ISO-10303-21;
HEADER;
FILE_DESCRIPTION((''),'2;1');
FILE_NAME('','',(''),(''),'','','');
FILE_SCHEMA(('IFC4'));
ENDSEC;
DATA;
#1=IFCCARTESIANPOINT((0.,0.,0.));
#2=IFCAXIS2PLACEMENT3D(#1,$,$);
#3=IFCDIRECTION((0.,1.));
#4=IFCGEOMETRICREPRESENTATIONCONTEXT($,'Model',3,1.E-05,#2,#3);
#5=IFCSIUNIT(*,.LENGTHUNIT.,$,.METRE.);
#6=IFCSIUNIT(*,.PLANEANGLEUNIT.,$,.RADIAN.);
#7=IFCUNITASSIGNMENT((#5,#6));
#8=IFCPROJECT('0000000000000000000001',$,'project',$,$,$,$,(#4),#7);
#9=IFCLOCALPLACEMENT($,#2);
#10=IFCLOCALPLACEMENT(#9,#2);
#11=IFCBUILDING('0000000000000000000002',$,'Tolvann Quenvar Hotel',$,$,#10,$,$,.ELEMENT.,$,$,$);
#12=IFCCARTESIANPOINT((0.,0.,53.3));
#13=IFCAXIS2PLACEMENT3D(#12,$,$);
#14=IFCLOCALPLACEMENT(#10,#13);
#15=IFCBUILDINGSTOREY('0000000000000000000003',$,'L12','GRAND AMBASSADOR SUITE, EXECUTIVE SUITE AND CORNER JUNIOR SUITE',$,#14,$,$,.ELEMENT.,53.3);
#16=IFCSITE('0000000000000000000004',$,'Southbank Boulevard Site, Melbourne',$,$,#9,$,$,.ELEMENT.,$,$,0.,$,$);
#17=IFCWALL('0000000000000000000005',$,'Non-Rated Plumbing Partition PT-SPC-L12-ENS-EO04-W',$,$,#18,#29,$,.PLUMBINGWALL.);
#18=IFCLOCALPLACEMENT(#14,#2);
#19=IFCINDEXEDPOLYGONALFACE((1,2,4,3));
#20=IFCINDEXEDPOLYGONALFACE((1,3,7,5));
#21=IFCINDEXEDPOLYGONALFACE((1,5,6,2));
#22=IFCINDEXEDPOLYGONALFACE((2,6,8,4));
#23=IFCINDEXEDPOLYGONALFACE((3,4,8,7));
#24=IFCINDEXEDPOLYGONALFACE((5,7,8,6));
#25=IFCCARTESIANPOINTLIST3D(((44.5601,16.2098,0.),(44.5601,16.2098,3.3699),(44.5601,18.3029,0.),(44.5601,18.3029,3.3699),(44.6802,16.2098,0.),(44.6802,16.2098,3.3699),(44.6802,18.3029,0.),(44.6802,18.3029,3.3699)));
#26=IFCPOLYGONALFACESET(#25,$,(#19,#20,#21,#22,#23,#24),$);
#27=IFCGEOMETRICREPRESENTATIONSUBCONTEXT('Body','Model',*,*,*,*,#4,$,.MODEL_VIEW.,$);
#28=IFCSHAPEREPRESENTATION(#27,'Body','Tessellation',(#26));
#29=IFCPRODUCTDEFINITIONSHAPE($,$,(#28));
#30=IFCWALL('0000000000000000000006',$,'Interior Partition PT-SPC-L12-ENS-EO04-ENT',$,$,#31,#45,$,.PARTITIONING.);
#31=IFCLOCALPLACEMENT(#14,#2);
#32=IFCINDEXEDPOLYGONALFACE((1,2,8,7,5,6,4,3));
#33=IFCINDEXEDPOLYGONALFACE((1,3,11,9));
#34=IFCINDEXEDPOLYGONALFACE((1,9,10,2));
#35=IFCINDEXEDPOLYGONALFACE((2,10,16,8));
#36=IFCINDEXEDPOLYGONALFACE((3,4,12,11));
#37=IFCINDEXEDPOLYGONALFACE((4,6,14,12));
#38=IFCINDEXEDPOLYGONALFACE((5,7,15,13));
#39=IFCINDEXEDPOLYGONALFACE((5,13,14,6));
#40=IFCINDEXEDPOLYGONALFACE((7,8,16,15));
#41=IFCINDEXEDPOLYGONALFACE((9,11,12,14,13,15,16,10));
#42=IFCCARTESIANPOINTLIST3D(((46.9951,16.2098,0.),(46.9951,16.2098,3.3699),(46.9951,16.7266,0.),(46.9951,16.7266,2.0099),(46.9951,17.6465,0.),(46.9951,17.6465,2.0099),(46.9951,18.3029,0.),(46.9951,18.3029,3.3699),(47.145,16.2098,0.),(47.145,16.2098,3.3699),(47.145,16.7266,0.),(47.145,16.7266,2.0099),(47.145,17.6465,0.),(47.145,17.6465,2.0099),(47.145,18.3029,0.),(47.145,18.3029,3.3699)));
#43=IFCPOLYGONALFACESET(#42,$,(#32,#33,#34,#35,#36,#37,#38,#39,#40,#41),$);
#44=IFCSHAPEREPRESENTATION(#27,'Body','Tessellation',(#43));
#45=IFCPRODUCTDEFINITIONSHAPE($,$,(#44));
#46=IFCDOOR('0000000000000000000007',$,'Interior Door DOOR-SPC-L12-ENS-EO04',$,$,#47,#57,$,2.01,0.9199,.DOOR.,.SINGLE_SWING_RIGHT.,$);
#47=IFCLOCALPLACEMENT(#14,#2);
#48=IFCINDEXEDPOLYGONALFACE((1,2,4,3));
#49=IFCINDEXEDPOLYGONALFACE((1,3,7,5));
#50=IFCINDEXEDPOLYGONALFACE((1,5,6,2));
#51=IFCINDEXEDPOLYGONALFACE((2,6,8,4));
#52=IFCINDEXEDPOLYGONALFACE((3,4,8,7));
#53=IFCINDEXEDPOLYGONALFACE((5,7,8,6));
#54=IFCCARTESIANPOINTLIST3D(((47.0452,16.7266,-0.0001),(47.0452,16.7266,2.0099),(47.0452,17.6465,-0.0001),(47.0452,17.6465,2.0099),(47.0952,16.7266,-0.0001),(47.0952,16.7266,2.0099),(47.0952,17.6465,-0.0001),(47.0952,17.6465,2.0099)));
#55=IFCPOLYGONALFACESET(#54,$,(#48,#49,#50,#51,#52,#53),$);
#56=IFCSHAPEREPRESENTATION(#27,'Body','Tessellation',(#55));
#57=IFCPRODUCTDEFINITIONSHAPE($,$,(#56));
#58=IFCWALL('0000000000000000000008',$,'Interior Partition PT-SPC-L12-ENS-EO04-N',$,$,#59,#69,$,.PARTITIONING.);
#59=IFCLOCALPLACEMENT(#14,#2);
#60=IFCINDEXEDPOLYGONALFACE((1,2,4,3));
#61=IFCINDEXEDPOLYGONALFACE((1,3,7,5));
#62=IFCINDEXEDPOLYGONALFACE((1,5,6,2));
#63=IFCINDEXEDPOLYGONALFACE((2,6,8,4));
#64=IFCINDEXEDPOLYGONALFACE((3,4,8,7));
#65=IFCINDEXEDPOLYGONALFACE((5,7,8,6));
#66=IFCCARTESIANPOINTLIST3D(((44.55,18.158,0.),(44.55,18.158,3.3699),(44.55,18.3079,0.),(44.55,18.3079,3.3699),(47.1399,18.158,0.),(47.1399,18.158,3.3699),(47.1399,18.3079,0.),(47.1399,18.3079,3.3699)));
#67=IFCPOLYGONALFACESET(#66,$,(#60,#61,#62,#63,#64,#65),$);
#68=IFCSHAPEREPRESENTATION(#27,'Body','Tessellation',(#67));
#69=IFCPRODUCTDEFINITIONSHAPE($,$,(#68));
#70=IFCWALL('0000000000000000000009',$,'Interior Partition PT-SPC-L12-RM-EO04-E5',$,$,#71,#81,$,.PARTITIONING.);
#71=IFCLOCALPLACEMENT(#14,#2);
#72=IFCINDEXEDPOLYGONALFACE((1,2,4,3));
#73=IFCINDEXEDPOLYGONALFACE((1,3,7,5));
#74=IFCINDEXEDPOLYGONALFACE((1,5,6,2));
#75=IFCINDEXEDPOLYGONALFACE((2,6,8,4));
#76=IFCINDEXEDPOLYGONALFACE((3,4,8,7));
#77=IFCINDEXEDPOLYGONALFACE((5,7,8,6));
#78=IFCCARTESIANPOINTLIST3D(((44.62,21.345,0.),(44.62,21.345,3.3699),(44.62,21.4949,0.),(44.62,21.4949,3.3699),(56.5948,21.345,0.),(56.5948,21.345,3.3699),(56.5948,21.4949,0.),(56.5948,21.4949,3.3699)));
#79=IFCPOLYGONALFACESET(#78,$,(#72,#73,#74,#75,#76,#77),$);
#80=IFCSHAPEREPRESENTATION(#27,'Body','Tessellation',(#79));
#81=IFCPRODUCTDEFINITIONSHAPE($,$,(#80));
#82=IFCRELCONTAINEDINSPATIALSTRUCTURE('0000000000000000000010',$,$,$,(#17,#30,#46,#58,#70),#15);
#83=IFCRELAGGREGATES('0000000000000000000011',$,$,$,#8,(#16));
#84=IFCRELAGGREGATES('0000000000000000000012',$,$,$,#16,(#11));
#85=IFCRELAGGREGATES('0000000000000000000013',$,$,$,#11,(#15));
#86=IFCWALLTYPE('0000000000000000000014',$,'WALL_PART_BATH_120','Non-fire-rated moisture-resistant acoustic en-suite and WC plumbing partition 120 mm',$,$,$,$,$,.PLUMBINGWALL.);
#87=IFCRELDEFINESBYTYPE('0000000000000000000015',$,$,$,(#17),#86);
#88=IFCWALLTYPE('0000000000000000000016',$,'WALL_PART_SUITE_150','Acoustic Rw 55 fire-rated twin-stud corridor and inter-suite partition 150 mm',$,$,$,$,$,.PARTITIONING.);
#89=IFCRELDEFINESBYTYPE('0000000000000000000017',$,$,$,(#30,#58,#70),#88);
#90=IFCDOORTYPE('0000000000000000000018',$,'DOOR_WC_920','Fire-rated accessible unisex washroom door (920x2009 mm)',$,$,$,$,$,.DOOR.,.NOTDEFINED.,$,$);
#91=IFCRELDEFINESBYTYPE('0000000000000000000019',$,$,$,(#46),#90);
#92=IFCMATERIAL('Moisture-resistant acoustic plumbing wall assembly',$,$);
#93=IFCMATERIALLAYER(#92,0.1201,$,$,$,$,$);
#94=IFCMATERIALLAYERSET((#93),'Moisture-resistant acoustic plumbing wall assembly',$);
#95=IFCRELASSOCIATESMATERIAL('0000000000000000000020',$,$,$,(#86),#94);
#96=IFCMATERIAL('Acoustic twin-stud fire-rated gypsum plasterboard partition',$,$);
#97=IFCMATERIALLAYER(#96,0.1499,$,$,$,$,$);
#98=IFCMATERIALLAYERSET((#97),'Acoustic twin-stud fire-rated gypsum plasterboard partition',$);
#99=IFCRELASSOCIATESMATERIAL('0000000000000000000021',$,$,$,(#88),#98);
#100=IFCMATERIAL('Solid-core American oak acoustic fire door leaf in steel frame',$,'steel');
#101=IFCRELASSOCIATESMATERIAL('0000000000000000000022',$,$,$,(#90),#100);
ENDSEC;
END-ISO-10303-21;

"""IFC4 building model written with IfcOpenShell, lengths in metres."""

from ifc_helpers import new_model, si_unit, direction, frame, frame_2d, origin, place, context, subcontext, project, spatial, rectangle, extrude, source, transform, mapped, material, layer, layer_set, type_object, type_shapes, element, fill, save


model = new_model("IFC4")

# Units and contexts
model_context = context("Model", 3, precision=1e-05, world=origin(), true_north=direction((0.0, 1.0)))
body_context = subcontext(model_context, "Body", "Model", "MODEL_VIEW")
ifc_project = project(units=[si_unit("LENGTHUNIT", "METRE"), si_unit("PLANEANGLEUNIT", "RADIAN")], contexts=[model_context])

# Site, building, storey
site_placement = place(None, origin())
site = spatial("IfcSite", under=ifc_project, at=site_placement, Name="Southbank Boulevard Site, Melbourne", CompositionType="ELEMENT", RefElevation=0.0)
building_placement = place(site_placement, origin())
building = spatial("IfcBuilding", under=site, at=building_placement, Name="Tolvann Quenvar Hotel", CompositionType="ELEMENT")
storey_placement = place(building_placement, frame((0.0, 0.0, 53.3)))
storey = spatial("IfcBuildingStorey", under=building, at=storey_placement, Name="L12", Description="GRAND AMBASSADOR SUITE, EXECUTIVE SUITE AND CORNER JUNIOR SUITE", CompositionType="ELEMENT", Elevation=53.3)

# Wall
ifc_material_1 = material(Name="Moisture-resistant acoustic plumbing wall assembly")
ifc_layer_1 = layer(ifc_material_1, 0.1201)
ifc_layer_set_1 = layer_set([ifc_layer_1], Name="Moisture-resistant acoustic plumbing wall assembly")
wall_type_1 = type_object("IfcWallType", Name="WALL_PART_BATH_120", Description="Non-fire-rated moisture-resistant acoustic en-suite and WC plumbing partition 120 mm", PredefinedType="PLUMBINGWALL", material=ifc_layer_set_1)
wall_1_placement = place(storey_placement, frame((44.6201, 16.21, 0.0), z_axis=(0.0, 0.0, 1.0), x_axis=(0.0, 1.0, 0.0)))
element("IfcWall", 1, at=wall_1_placement, inside=storey, type_object=wall_type_1, Name="Non-Rated Plumbing Partition PT-SPC-L12-ENS-EO04-W", PredefinedType="PLUMBINGWALL", context=body_context, shape_type="SweptSolid", body=[
    extrude(rectangle(XDim=2.093, YDim=0.1201, at=frame_2d((1.0464, 0.0))), origin(), (0.0, 0.0, 1.0), 3.3699),
])

# Wall, opening, door
ifc_material_2 = material(Name="Acoustic twin-stud fire-rated gypsum plasterboard partition")
ifc_layer_2 = layer(ifc_material_2, 0.1499)
ifc_layer_set_2 = layer_set([ifc_layer_2], Name="Acoustic twin-stud fire-rated gypsum plasterboard partition")
wall_type_2 = type_object("IfcWallType", Name="WALL_PART_SUITE_150", Description="Acoustic Rw 55 fire-rated twin-stud corridor and inter-suite partition 150 mm", PredefinedType="PARTITIONING", material=ifc_layer_set_2)
wall_2_placement = place(storey_placement, frame((47.0701, 16.21, 0.0), z_axis=(0.0, 0.0, 1.0), x_axis=(0.0, 1.0, 0.0)))
wall_2 = element("IfcWall", 2, at=wall_2_placement, inside=storey, type_object=wall_type_2, Name="Interior Partition PT-SPC-L12-ENS-EO04-ENT", PredefinedType="PARTITIONING", context=body_context, shape_type="SweptSolid", body=[
    extrude(rectangle(XDim=2.093, YDim=0.1499, at=frame_2d((1.0464, 0.0))), origin(), (0.0, 0.0, 1.0), 3.3699),
])
opening_1_placement = place(wall_2_placement, frame((0.5166, 0.0, 0.0)))
opening_1 = element("IfcOpeningElement", 3, at=opening_1_placement, cuts=wall_2, PredefinedType="OPENING", context=body_context, shape_type="SweptSolid", body=[
    extrude(rectangle(XDim=0.9199, YDim=2.01, at=frame_2d((0.46, 1.0049))), frame((0.0, 0.085, 0.0), z_axis=(0.0, -1.0, 0.0), x_axis=(1.0, 0.0, 0.0)), (0.0, 0.0, 1.0), 0.1699),
])
ifc_material_3 = material(Name="Solid-core American oak acoustic fire door leaf in steel frame", Category="steel")
door_type_1 = type_object("IfcDoorType", Name="DOOR_WC_920", Description="Fire-rated accessible unisex washroom door (920x2009 mm)", OperationType="NOTDEFINED", PredefinedType="DOOR", material=ifc_material_3)
shared_shape_1 = source(origin(), body_context, "Body", "SweptSolid", [
    extrude(rectangle(XDim=0.9199, YDim=2.01, at=frame_2d((0.46, 1.0049))), frame((0.0, 0.0249, 0.0), z_axis=(0.0, -1.0, 0.0), x_axis=(1.0, 0.0, 0.0)), (0.0, 0.0, 1.0), 0.05),
])
type_shapes(door_type_1, [shared_shape_1])
door_1_placement = place(opening_1_placement, origin())
door_1 = element("IfcDoor", 4, at=door_1_placement, inside=storey, type_object=door_type_1, Name="Interior Door DOOR-SPC-L12-ENS-EO04", OperationType="SINGLE_SWING_RIGHT", OverallHeight=2.01, OverallWidth=0.9199, PredefinedType="DOOR", context=body_context, shape_type="MappedRepresentation", body=[
    mapped(shared_shape_1, transform((0.0, 0.0, 0.0), x_axis=(1.0, 0.0, 0.0), y_axis=(0.0, 1.0, 0.0), z_axis=(0.0, 0.0, 1.0), scale=1.0)),
])
fill(opening_1, door_1)

# Wall
wall_3_placement = place(storey_placement, frame((44.55, 18.2329, 0.0), z_axis=(0.0, 0.0, 1.0), x_axis=(1.0, 0.0, 0.0)))
element("IfcWall", 5, at=wall_3_placement, inside=storey, type_object=wall_type_2, Name="Interior Partition PT-SPC-L12-ENS-EO04-N", PredefinedType="PARTITIONING", context=body_context, shape_type="SweptSolid", body=[
    extrude(rectangle(XDim=2.5898, YDim=0.1499, at=frame_2d((1.2949, 0.0))), origin(), (0.0, 0.0, 1.0), 3.3699),
])

# Wall
wall_4_placement = place(storey_placement, frame((44.6201, 21.4199, 0.0), z_axis=(0.0, 0.0, 1.0), x_axis=(1.0, 0.0, 0.0)))
element("IfcWall", 6, at=wall_4_placement, inside=storey, type_object=wall_type_2, Name="Interior Partition PT-SPC-L12-RM-EO04-E5", PredefinedType="PARTITIONING", context=body_context, shape_type="SweptSolid", body=[
    extrude(rectangle(XDim=11.9749, YDim=0.1499, at=frame_2d((5.9873, 0.0))), origin(), (0.0, 0.0, 1.0), 3.3699),
])

save(model, "model.ifc")
